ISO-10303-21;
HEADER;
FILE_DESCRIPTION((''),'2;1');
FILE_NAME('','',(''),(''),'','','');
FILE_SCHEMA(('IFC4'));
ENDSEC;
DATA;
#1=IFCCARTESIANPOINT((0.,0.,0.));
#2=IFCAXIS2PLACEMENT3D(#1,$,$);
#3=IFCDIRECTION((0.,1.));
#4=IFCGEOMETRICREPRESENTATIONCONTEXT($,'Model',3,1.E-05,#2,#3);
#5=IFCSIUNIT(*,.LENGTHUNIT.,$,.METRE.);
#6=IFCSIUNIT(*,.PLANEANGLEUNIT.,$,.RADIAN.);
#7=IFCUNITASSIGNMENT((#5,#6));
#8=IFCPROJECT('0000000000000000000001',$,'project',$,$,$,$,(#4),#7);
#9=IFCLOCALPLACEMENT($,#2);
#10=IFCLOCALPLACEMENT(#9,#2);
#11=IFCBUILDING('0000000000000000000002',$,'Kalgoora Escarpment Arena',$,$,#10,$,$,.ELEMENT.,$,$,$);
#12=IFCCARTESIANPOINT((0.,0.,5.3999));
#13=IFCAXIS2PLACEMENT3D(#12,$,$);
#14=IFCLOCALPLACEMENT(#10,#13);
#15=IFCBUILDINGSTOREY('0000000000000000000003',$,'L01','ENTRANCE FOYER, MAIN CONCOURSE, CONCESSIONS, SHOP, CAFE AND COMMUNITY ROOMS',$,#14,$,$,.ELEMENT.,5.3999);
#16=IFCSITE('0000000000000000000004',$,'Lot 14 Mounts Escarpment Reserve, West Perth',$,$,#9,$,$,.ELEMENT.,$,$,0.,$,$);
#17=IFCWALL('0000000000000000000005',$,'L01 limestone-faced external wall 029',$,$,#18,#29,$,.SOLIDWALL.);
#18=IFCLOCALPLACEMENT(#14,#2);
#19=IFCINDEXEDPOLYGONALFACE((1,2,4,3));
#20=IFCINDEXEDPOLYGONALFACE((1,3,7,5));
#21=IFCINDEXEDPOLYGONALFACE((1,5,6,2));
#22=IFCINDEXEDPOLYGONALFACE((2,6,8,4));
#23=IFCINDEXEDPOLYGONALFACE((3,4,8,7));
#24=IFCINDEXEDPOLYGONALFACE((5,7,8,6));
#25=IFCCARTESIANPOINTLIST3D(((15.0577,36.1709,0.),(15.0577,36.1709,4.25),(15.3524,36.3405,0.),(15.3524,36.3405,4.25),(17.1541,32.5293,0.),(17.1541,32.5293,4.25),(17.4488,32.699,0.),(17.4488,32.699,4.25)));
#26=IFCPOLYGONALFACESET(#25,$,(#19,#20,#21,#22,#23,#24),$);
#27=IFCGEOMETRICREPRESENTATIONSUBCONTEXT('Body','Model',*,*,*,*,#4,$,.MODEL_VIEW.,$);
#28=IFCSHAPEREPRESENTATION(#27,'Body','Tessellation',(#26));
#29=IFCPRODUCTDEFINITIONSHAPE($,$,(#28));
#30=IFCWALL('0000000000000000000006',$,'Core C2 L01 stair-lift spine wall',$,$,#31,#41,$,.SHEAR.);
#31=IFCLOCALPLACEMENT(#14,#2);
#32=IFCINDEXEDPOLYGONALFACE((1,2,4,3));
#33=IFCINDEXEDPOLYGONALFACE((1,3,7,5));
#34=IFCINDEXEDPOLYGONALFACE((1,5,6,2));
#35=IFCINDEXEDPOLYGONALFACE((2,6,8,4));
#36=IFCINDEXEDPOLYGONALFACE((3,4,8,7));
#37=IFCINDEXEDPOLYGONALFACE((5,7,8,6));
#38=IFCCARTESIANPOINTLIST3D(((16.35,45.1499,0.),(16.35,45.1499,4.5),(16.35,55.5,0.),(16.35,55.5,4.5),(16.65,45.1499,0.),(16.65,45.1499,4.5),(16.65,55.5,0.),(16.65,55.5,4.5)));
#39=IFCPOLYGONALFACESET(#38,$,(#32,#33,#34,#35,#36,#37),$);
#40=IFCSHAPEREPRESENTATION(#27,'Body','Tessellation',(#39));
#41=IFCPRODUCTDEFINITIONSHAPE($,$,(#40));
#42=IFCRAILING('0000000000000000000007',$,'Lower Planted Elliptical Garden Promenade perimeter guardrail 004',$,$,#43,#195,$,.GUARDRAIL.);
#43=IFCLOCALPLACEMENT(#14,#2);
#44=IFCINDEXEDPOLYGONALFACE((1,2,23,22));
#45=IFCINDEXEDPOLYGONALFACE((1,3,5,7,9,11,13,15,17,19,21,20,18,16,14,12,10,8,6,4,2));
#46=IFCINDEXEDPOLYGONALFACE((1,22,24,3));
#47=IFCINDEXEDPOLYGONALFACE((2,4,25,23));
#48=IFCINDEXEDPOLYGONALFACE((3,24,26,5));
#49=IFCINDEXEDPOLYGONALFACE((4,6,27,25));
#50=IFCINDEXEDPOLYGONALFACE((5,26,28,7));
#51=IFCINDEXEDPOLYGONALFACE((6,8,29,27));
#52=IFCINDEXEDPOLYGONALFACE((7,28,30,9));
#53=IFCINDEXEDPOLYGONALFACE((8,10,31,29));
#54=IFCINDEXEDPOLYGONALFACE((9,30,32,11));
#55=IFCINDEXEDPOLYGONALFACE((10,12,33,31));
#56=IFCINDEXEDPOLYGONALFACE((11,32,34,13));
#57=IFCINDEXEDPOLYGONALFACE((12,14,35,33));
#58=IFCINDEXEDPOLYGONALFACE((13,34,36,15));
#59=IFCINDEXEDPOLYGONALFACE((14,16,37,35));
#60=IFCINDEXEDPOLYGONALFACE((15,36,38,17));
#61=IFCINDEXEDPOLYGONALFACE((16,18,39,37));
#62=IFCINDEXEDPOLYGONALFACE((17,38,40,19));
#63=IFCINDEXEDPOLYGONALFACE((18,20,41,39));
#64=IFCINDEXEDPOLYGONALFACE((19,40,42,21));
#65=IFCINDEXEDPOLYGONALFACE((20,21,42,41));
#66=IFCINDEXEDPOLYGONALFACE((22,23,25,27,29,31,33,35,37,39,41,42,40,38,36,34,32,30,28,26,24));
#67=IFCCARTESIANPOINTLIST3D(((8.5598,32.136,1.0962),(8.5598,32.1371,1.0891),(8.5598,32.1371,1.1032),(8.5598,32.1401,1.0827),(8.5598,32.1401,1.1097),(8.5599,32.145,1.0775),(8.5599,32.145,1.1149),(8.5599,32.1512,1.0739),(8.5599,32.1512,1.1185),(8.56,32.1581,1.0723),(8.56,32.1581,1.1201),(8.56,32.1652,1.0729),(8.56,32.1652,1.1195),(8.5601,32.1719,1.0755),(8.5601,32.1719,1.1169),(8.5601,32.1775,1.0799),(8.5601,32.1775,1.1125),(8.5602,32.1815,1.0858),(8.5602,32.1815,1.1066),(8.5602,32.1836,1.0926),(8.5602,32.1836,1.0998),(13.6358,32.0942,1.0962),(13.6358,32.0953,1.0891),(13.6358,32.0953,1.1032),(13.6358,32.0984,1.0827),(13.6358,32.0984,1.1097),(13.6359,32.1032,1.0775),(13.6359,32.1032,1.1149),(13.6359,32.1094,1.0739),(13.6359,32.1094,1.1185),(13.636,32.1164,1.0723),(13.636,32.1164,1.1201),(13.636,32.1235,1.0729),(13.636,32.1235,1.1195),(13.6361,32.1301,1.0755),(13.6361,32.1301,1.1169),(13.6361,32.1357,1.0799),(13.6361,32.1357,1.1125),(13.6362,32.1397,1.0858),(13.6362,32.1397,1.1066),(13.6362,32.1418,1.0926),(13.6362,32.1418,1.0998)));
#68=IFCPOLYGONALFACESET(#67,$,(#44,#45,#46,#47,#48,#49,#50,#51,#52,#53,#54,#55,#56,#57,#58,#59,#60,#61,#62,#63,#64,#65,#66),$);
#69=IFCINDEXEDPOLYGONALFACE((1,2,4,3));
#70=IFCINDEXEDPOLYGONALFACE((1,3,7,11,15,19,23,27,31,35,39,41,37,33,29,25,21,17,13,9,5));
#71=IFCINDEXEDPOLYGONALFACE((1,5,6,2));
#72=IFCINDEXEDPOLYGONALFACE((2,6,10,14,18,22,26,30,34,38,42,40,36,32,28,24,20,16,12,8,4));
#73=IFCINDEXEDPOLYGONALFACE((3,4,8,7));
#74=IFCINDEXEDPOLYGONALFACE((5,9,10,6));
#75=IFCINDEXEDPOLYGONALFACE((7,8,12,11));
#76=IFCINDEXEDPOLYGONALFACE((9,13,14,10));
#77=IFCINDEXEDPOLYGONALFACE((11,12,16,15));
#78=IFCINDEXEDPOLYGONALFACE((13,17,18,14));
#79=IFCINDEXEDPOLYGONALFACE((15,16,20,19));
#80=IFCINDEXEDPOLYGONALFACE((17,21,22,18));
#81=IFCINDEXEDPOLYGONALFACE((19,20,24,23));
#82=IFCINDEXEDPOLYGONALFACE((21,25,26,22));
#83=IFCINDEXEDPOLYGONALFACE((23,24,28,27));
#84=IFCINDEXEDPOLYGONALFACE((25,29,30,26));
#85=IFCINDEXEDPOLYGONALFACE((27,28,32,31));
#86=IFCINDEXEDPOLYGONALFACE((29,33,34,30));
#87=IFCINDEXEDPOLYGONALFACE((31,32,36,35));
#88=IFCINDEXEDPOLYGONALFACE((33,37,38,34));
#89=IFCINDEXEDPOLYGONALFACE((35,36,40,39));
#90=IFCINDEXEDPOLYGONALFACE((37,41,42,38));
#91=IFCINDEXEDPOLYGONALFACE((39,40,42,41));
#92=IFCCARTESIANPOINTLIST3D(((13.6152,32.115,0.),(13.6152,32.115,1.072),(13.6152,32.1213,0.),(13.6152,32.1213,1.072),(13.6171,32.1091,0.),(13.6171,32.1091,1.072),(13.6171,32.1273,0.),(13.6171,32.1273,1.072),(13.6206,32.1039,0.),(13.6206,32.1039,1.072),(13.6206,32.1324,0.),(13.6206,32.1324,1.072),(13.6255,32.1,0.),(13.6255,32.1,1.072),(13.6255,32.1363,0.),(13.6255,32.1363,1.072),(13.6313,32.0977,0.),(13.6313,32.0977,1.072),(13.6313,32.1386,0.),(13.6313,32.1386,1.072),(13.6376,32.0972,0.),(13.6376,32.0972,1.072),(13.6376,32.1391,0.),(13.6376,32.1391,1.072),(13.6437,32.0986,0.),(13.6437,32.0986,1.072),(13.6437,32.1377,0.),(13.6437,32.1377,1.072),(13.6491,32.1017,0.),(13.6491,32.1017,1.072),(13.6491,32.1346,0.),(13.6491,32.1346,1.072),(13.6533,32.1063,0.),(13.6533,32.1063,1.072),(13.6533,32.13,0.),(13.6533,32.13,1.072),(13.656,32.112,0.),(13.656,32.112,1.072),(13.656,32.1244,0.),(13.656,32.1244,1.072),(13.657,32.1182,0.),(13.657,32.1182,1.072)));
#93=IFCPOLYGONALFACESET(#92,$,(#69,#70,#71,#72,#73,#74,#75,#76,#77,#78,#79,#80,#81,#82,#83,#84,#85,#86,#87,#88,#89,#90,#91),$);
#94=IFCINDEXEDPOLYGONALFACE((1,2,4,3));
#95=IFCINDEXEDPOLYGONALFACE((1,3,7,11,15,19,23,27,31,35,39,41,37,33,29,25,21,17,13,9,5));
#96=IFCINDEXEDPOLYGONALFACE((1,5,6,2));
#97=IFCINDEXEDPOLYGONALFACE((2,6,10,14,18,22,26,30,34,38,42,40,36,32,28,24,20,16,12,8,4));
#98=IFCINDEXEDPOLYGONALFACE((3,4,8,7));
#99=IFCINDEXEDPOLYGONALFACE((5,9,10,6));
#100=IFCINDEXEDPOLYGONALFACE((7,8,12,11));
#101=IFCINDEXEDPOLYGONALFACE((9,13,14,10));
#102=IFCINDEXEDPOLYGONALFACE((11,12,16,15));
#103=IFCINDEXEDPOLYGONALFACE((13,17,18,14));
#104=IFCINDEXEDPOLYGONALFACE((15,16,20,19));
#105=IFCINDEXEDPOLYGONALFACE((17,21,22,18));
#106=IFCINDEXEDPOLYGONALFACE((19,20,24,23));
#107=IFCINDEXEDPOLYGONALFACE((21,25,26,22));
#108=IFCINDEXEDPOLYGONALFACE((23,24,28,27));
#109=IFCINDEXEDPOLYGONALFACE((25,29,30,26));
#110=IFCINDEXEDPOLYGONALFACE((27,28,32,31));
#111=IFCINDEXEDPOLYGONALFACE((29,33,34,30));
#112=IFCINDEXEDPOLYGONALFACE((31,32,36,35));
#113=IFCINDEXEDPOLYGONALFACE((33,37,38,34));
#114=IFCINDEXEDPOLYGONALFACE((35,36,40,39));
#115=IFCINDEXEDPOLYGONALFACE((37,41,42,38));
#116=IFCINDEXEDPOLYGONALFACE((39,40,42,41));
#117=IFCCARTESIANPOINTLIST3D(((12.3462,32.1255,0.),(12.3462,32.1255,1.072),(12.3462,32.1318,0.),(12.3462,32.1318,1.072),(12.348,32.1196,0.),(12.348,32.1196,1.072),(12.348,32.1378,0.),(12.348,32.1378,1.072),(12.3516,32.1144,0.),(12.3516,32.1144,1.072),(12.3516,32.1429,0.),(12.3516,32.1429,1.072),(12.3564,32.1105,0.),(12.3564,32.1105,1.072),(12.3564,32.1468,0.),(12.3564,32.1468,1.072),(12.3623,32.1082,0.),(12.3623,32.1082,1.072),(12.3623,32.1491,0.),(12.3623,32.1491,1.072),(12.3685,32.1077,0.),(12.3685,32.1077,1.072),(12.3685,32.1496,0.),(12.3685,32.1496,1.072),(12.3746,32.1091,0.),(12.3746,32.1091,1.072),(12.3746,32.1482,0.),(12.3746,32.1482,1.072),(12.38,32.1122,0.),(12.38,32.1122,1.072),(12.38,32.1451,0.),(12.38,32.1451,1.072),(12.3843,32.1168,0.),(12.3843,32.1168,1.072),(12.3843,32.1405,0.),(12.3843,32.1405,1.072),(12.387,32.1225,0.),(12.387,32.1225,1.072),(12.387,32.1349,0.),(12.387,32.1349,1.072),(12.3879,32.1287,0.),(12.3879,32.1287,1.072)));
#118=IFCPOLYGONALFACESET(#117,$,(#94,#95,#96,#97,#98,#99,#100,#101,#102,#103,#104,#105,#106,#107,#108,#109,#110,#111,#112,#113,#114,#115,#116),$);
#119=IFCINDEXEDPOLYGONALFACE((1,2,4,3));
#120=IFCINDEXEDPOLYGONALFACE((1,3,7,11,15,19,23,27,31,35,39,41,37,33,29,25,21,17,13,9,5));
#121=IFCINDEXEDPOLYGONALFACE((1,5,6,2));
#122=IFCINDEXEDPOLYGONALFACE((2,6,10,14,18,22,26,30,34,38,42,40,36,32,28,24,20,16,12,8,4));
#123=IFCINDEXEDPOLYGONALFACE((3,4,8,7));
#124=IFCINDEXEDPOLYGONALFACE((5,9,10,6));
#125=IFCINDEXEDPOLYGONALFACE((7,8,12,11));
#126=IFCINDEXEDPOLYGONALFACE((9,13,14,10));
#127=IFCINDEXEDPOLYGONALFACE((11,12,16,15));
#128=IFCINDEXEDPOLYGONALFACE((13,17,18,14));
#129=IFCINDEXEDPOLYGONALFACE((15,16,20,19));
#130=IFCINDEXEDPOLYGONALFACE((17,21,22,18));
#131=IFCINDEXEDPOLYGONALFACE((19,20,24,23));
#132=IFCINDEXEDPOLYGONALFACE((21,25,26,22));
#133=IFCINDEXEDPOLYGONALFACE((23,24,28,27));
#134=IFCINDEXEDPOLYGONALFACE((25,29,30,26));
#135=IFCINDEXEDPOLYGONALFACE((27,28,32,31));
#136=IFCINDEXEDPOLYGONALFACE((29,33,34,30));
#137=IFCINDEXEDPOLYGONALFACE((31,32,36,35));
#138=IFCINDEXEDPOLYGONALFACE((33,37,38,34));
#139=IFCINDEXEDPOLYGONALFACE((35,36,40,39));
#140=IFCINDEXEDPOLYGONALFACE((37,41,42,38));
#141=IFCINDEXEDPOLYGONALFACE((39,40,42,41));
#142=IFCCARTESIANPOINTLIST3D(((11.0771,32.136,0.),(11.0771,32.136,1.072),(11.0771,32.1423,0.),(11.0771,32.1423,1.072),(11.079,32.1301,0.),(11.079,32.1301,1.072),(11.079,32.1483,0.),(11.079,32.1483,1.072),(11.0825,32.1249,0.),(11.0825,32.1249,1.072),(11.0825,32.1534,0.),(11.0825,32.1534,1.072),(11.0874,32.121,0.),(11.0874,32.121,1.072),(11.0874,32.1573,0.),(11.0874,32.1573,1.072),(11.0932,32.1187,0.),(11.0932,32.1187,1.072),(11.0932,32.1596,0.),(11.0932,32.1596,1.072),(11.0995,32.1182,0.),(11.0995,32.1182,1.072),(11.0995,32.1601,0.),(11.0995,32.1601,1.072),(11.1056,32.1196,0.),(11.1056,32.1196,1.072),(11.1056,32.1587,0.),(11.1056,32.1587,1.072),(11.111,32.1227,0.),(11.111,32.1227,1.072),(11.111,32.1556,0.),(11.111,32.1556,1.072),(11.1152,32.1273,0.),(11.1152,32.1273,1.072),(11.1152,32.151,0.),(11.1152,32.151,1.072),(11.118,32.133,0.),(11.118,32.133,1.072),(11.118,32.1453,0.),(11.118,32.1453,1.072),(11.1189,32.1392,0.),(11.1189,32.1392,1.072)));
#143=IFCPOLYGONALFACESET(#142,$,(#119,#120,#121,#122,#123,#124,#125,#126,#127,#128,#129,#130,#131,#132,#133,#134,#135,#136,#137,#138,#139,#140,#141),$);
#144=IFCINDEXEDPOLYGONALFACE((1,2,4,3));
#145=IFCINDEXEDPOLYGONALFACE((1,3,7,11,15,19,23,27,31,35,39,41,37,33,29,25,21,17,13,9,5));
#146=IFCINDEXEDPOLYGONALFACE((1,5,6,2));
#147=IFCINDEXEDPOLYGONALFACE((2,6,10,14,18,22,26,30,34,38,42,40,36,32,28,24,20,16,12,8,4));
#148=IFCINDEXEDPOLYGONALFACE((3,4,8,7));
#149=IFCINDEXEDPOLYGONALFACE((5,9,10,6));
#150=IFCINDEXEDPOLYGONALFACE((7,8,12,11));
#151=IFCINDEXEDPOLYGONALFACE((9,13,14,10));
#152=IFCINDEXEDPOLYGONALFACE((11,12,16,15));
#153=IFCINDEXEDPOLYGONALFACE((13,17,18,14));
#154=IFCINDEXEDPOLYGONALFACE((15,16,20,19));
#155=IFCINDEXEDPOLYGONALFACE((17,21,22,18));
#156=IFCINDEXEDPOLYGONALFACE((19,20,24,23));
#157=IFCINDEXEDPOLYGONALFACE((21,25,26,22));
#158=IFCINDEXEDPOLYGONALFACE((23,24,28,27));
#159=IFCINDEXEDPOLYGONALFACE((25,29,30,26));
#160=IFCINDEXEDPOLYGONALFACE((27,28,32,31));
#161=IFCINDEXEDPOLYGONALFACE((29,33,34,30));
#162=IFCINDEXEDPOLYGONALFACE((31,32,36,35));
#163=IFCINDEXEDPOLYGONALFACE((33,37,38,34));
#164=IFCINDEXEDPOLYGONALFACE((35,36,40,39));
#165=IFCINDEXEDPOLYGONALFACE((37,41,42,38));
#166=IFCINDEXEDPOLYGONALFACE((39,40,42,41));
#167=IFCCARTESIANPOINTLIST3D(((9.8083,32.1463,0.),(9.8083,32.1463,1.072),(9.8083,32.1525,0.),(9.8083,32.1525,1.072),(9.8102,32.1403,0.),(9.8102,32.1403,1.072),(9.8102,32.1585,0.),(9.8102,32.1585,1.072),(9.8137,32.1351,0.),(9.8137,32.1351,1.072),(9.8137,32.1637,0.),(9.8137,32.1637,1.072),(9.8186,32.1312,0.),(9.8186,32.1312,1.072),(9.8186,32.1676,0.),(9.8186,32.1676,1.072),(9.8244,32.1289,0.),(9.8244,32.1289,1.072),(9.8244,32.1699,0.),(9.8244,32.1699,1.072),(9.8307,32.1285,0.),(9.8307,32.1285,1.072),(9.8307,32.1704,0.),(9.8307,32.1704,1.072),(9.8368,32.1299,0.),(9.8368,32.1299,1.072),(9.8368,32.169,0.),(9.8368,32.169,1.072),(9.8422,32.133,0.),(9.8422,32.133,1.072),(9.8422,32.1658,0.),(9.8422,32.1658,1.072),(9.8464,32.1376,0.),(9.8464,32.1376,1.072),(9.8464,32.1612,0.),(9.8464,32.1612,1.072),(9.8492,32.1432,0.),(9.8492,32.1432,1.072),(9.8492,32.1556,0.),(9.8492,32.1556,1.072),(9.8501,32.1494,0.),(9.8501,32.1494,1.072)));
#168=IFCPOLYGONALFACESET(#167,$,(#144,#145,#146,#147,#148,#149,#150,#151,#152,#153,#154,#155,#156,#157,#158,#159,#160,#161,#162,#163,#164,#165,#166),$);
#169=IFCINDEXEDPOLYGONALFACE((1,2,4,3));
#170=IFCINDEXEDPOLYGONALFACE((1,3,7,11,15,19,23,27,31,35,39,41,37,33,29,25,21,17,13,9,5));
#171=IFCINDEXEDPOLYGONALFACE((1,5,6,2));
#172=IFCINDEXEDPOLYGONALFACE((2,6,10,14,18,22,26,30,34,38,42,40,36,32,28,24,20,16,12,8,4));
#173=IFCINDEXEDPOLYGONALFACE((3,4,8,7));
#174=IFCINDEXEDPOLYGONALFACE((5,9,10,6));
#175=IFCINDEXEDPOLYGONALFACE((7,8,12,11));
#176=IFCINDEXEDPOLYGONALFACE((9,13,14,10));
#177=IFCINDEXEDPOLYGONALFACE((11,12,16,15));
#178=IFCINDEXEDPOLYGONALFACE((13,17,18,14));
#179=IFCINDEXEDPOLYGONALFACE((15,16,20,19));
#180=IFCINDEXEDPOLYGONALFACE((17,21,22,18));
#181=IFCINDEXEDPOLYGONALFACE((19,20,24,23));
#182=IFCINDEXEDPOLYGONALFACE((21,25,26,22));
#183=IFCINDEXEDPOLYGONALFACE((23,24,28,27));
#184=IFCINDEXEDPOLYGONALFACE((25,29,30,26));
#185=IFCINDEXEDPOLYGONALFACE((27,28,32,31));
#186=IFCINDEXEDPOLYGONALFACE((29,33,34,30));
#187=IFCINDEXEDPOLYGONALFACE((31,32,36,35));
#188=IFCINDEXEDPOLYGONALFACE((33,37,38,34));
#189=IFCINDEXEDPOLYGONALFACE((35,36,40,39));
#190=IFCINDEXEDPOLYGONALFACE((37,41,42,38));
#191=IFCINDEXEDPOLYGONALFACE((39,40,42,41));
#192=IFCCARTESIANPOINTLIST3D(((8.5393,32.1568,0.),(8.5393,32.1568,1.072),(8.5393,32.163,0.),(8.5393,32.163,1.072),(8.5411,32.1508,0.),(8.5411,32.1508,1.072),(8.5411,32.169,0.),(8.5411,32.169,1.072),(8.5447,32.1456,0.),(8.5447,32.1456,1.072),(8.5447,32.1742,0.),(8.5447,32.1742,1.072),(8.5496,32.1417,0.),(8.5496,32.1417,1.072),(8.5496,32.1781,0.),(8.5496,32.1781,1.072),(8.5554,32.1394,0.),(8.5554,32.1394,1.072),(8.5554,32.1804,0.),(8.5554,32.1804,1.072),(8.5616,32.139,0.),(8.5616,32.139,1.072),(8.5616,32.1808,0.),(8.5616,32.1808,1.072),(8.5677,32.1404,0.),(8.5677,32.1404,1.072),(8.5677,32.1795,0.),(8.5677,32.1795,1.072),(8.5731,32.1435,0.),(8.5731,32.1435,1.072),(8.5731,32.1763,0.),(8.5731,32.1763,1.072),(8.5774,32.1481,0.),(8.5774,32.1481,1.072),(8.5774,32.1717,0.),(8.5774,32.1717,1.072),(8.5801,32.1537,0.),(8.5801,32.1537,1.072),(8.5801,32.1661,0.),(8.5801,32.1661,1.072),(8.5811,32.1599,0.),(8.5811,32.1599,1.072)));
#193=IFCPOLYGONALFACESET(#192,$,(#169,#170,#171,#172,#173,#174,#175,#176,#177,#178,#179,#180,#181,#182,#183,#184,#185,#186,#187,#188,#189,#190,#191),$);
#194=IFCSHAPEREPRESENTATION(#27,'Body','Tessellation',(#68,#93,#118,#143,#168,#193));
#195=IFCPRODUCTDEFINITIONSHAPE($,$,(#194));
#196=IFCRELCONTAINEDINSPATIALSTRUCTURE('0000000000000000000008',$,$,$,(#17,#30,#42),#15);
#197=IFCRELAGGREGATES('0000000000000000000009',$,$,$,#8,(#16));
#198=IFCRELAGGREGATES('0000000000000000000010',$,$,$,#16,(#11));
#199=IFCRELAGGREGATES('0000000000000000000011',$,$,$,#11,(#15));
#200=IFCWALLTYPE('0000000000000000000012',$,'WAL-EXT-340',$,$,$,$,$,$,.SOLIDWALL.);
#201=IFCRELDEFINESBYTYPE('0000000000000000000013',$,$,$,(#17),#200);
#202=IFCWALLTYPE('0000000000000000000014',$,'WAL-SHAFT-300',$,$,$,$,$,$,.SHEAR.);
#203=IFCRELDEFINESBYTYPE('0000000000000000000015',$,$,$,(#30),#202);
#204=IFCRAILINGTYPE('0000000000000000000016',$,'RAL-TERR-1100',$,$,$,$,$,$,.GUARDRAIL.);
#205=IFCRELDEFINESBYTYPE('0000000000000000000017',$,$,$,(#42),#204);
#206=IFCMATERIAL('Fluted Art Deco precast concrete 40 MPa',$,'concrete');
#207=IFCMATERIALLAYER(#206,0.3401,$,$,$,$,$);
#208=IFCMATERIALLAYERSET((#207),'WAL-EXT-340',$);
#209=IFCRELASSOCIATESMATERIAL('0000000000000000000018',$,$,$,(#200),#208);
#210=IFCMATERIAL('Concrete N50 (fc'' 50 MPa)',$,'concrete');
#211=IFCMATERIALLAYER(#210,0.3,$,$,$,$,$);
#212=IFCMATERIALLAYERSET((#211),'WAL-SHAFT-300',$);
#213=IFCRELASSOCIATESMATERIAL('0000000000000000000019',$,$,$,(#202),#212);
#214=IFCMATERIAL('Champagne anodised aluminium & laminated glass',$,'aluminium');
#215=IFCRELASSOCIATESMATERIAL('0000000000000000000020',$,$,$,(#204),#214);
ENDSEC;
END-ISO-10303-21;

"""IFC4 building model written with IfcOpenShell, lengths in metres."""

from ifc_helpers import new_model, si_unit, direction, frame, frame_2d, origin, origin_2d, place, context, subcontext, project, spatial, rectangle, circle, extrude, material, layer, layer_set, type_object, element, save


model = new_model("IFC4")

# Units and contexts
model_context = context("Model", 3, precision=1e-05, world=origin(), true_north=direction((0.0, 1.0)))
body_context = subcontext(model_context, "Body", "Model", "MODEL_VIEW")
ifc_project = project(units=[si_unit("LENGTHUNIT", "METRE"), si_unit("PLANEANGLEUNIT", "RADIAN")], contexts=[model_context])

# Site, building, storey
site_placement = place(None, origin())
site = spatial("IfcSite", under=ifc_project, at=site_placement, Name="Lot 14 Mounts Escarpment Reserve, West Perth", CompositionType="ELEMENT", RefElevation=0.0)
building_placement = place(site_placement, origin())
building = spatial("IfcBuilding", under=site, at=building_placement, Name="Kalgoora Escarpment Arena", CompositionType="ELEMENT")
storey_placement = place(building_placement, frame((0.0, 0.0, 5.3999)))
storey = spatial("IfcBuildingStorey", under=building, at=storey_placement, Name="L01", Description="ENTRANCE FOYER, MAIN CONCOURSE, CONCESSIONS, SHOP, CAFE AND COMMUNITY ROOMS", CompositionType="ELEMENT", Elevation=5.3999)

# Walls
ifc_material_1 = material(Name="Fluted Art Deco precast concrete 40 MPa", Category="concrete")
ifc_layer_1 = layer(ifc_material_1, 0.3401)
ifc_layer_set_1 = layer_set([ifc_layer_1], Name="WAL-EXT-340")
wall_type_1 = type_object("IfcWallType", Name="WAL-EXT-340", PredefinedType="SOLIDWALL", material=ifc_layer_set_1)
wall_1_placement = place(storey_placement, frame((17.3015, 32.614, 0.0), z_axis=(0.0, 0.0, 1.0), x_axis=(-0.498921, 0.866648, 0.0)))
element("IfcWall", 1, at=wall_1_placement, inside=storey, type_object=wall_type_1, Name="L01 limestone-faced external wall 029", PredefinedType="SOLIDWALL", context=body_context, shape_type="SweptSolid", body=[
    extrude(rectangle(XDim=4.2019, YDim=0.3401, at=frame_2d((2.1011, 0.0))), origin(), (0.0, 0.0, 1.0), 4.25),
])
ifc_material_2 = material(Name="Concrete N50 (fc' 50 MPa)", Category="concrete")
ifc_layer_2 = layer(ifc_material_2, 0.3)
ifc_layer_set_2 = layer_set([ifc_layer_2], Name="WAL-SHAFT-300")
wall_type_2 = type_object("IfcWallType", Name="WAL-SHAFT-300", PredefinedType="SHEAR", material=ifc_layer_set_2)
wall_2_placement = place(storey_placement, frame((16.5, 45.1499, 0.0), z_axis=(0.0, 0.0, 1.0), x_axis=(0.0, 1.0, 0.0)))
element("IfcWall", 2, at=wall_2_placement, inside=storey, type_object=wall_type_2, Name="Core C2 L01 stair-lift spine wall", PredefinedType="SHEAR", context=body_context, shape_type="SweptSolid", body=[
    extrude(rectangle(XDim=10.3501, YDim=0.3, at=frame_2d((5.175, 0.0))), origin(), (0.0, 0.0, 1.0), 4.5),
])

# Railing
ifc_material_3 = material(Name="Champagne anodised aluminium & laminated glass", Category="aluminium")
railing_type = type_object("IfcRailingType", Name="RAL-TERR-1100", PredefinedType="GUARDRAIL", material=ifc_material_3)
railing_placement = place(storey_placement, frame((13.636, 32.1182, 0.0)))
element("IfcRailing", 3, at=railing_placement, inside=storey, type_object=railing_type, Name="Lower Planted Elliptical Garden Promenade perimeter guardrail 004", PredefinedType="GUARDRAIL", context=body_context, shape_type="SweptSolid", body=[
    extrude(circle(Radius=0.0239, at=origin_2d()), frame((0.0, 0.0, 1.0962), z_axis=(-0.999966, 0.008224, 0.0), x_axis=(-0.008224, -0.999966, 0.0)), (0.0, 0.0, 1.0), 5.0762),
    extrude(circle(Radius=0.021, at=origin_2d()), origin(), (0.0, 0.0, 1.0), 1.072),
    extrude(circle(Radius=0.021, at=origin_2d()), frame((-1.269, 0.0105, 0.0)), (0.0, 0.0, 1.0), 1.072),
    extrude(circle(Radius=0.021, at=origin_2d()), frame((-2.5381, 0.021, 0.0)), (0.0, 0.0, 1.0), 1.072),
    extrude(circle(Radius=0.021, at=origin_2d()), frame((-3.8069, 0.0312, 0.0)), (0.0, 0.0, 1.0), 1.072),
    extrude(circle(Radius=0.021, at=origin_2d()), frame((-5.0759, 0.0417, 0.0)), (0.0, 0.0, 1.0), 1.072),
])

save(model, "model.ifc")
